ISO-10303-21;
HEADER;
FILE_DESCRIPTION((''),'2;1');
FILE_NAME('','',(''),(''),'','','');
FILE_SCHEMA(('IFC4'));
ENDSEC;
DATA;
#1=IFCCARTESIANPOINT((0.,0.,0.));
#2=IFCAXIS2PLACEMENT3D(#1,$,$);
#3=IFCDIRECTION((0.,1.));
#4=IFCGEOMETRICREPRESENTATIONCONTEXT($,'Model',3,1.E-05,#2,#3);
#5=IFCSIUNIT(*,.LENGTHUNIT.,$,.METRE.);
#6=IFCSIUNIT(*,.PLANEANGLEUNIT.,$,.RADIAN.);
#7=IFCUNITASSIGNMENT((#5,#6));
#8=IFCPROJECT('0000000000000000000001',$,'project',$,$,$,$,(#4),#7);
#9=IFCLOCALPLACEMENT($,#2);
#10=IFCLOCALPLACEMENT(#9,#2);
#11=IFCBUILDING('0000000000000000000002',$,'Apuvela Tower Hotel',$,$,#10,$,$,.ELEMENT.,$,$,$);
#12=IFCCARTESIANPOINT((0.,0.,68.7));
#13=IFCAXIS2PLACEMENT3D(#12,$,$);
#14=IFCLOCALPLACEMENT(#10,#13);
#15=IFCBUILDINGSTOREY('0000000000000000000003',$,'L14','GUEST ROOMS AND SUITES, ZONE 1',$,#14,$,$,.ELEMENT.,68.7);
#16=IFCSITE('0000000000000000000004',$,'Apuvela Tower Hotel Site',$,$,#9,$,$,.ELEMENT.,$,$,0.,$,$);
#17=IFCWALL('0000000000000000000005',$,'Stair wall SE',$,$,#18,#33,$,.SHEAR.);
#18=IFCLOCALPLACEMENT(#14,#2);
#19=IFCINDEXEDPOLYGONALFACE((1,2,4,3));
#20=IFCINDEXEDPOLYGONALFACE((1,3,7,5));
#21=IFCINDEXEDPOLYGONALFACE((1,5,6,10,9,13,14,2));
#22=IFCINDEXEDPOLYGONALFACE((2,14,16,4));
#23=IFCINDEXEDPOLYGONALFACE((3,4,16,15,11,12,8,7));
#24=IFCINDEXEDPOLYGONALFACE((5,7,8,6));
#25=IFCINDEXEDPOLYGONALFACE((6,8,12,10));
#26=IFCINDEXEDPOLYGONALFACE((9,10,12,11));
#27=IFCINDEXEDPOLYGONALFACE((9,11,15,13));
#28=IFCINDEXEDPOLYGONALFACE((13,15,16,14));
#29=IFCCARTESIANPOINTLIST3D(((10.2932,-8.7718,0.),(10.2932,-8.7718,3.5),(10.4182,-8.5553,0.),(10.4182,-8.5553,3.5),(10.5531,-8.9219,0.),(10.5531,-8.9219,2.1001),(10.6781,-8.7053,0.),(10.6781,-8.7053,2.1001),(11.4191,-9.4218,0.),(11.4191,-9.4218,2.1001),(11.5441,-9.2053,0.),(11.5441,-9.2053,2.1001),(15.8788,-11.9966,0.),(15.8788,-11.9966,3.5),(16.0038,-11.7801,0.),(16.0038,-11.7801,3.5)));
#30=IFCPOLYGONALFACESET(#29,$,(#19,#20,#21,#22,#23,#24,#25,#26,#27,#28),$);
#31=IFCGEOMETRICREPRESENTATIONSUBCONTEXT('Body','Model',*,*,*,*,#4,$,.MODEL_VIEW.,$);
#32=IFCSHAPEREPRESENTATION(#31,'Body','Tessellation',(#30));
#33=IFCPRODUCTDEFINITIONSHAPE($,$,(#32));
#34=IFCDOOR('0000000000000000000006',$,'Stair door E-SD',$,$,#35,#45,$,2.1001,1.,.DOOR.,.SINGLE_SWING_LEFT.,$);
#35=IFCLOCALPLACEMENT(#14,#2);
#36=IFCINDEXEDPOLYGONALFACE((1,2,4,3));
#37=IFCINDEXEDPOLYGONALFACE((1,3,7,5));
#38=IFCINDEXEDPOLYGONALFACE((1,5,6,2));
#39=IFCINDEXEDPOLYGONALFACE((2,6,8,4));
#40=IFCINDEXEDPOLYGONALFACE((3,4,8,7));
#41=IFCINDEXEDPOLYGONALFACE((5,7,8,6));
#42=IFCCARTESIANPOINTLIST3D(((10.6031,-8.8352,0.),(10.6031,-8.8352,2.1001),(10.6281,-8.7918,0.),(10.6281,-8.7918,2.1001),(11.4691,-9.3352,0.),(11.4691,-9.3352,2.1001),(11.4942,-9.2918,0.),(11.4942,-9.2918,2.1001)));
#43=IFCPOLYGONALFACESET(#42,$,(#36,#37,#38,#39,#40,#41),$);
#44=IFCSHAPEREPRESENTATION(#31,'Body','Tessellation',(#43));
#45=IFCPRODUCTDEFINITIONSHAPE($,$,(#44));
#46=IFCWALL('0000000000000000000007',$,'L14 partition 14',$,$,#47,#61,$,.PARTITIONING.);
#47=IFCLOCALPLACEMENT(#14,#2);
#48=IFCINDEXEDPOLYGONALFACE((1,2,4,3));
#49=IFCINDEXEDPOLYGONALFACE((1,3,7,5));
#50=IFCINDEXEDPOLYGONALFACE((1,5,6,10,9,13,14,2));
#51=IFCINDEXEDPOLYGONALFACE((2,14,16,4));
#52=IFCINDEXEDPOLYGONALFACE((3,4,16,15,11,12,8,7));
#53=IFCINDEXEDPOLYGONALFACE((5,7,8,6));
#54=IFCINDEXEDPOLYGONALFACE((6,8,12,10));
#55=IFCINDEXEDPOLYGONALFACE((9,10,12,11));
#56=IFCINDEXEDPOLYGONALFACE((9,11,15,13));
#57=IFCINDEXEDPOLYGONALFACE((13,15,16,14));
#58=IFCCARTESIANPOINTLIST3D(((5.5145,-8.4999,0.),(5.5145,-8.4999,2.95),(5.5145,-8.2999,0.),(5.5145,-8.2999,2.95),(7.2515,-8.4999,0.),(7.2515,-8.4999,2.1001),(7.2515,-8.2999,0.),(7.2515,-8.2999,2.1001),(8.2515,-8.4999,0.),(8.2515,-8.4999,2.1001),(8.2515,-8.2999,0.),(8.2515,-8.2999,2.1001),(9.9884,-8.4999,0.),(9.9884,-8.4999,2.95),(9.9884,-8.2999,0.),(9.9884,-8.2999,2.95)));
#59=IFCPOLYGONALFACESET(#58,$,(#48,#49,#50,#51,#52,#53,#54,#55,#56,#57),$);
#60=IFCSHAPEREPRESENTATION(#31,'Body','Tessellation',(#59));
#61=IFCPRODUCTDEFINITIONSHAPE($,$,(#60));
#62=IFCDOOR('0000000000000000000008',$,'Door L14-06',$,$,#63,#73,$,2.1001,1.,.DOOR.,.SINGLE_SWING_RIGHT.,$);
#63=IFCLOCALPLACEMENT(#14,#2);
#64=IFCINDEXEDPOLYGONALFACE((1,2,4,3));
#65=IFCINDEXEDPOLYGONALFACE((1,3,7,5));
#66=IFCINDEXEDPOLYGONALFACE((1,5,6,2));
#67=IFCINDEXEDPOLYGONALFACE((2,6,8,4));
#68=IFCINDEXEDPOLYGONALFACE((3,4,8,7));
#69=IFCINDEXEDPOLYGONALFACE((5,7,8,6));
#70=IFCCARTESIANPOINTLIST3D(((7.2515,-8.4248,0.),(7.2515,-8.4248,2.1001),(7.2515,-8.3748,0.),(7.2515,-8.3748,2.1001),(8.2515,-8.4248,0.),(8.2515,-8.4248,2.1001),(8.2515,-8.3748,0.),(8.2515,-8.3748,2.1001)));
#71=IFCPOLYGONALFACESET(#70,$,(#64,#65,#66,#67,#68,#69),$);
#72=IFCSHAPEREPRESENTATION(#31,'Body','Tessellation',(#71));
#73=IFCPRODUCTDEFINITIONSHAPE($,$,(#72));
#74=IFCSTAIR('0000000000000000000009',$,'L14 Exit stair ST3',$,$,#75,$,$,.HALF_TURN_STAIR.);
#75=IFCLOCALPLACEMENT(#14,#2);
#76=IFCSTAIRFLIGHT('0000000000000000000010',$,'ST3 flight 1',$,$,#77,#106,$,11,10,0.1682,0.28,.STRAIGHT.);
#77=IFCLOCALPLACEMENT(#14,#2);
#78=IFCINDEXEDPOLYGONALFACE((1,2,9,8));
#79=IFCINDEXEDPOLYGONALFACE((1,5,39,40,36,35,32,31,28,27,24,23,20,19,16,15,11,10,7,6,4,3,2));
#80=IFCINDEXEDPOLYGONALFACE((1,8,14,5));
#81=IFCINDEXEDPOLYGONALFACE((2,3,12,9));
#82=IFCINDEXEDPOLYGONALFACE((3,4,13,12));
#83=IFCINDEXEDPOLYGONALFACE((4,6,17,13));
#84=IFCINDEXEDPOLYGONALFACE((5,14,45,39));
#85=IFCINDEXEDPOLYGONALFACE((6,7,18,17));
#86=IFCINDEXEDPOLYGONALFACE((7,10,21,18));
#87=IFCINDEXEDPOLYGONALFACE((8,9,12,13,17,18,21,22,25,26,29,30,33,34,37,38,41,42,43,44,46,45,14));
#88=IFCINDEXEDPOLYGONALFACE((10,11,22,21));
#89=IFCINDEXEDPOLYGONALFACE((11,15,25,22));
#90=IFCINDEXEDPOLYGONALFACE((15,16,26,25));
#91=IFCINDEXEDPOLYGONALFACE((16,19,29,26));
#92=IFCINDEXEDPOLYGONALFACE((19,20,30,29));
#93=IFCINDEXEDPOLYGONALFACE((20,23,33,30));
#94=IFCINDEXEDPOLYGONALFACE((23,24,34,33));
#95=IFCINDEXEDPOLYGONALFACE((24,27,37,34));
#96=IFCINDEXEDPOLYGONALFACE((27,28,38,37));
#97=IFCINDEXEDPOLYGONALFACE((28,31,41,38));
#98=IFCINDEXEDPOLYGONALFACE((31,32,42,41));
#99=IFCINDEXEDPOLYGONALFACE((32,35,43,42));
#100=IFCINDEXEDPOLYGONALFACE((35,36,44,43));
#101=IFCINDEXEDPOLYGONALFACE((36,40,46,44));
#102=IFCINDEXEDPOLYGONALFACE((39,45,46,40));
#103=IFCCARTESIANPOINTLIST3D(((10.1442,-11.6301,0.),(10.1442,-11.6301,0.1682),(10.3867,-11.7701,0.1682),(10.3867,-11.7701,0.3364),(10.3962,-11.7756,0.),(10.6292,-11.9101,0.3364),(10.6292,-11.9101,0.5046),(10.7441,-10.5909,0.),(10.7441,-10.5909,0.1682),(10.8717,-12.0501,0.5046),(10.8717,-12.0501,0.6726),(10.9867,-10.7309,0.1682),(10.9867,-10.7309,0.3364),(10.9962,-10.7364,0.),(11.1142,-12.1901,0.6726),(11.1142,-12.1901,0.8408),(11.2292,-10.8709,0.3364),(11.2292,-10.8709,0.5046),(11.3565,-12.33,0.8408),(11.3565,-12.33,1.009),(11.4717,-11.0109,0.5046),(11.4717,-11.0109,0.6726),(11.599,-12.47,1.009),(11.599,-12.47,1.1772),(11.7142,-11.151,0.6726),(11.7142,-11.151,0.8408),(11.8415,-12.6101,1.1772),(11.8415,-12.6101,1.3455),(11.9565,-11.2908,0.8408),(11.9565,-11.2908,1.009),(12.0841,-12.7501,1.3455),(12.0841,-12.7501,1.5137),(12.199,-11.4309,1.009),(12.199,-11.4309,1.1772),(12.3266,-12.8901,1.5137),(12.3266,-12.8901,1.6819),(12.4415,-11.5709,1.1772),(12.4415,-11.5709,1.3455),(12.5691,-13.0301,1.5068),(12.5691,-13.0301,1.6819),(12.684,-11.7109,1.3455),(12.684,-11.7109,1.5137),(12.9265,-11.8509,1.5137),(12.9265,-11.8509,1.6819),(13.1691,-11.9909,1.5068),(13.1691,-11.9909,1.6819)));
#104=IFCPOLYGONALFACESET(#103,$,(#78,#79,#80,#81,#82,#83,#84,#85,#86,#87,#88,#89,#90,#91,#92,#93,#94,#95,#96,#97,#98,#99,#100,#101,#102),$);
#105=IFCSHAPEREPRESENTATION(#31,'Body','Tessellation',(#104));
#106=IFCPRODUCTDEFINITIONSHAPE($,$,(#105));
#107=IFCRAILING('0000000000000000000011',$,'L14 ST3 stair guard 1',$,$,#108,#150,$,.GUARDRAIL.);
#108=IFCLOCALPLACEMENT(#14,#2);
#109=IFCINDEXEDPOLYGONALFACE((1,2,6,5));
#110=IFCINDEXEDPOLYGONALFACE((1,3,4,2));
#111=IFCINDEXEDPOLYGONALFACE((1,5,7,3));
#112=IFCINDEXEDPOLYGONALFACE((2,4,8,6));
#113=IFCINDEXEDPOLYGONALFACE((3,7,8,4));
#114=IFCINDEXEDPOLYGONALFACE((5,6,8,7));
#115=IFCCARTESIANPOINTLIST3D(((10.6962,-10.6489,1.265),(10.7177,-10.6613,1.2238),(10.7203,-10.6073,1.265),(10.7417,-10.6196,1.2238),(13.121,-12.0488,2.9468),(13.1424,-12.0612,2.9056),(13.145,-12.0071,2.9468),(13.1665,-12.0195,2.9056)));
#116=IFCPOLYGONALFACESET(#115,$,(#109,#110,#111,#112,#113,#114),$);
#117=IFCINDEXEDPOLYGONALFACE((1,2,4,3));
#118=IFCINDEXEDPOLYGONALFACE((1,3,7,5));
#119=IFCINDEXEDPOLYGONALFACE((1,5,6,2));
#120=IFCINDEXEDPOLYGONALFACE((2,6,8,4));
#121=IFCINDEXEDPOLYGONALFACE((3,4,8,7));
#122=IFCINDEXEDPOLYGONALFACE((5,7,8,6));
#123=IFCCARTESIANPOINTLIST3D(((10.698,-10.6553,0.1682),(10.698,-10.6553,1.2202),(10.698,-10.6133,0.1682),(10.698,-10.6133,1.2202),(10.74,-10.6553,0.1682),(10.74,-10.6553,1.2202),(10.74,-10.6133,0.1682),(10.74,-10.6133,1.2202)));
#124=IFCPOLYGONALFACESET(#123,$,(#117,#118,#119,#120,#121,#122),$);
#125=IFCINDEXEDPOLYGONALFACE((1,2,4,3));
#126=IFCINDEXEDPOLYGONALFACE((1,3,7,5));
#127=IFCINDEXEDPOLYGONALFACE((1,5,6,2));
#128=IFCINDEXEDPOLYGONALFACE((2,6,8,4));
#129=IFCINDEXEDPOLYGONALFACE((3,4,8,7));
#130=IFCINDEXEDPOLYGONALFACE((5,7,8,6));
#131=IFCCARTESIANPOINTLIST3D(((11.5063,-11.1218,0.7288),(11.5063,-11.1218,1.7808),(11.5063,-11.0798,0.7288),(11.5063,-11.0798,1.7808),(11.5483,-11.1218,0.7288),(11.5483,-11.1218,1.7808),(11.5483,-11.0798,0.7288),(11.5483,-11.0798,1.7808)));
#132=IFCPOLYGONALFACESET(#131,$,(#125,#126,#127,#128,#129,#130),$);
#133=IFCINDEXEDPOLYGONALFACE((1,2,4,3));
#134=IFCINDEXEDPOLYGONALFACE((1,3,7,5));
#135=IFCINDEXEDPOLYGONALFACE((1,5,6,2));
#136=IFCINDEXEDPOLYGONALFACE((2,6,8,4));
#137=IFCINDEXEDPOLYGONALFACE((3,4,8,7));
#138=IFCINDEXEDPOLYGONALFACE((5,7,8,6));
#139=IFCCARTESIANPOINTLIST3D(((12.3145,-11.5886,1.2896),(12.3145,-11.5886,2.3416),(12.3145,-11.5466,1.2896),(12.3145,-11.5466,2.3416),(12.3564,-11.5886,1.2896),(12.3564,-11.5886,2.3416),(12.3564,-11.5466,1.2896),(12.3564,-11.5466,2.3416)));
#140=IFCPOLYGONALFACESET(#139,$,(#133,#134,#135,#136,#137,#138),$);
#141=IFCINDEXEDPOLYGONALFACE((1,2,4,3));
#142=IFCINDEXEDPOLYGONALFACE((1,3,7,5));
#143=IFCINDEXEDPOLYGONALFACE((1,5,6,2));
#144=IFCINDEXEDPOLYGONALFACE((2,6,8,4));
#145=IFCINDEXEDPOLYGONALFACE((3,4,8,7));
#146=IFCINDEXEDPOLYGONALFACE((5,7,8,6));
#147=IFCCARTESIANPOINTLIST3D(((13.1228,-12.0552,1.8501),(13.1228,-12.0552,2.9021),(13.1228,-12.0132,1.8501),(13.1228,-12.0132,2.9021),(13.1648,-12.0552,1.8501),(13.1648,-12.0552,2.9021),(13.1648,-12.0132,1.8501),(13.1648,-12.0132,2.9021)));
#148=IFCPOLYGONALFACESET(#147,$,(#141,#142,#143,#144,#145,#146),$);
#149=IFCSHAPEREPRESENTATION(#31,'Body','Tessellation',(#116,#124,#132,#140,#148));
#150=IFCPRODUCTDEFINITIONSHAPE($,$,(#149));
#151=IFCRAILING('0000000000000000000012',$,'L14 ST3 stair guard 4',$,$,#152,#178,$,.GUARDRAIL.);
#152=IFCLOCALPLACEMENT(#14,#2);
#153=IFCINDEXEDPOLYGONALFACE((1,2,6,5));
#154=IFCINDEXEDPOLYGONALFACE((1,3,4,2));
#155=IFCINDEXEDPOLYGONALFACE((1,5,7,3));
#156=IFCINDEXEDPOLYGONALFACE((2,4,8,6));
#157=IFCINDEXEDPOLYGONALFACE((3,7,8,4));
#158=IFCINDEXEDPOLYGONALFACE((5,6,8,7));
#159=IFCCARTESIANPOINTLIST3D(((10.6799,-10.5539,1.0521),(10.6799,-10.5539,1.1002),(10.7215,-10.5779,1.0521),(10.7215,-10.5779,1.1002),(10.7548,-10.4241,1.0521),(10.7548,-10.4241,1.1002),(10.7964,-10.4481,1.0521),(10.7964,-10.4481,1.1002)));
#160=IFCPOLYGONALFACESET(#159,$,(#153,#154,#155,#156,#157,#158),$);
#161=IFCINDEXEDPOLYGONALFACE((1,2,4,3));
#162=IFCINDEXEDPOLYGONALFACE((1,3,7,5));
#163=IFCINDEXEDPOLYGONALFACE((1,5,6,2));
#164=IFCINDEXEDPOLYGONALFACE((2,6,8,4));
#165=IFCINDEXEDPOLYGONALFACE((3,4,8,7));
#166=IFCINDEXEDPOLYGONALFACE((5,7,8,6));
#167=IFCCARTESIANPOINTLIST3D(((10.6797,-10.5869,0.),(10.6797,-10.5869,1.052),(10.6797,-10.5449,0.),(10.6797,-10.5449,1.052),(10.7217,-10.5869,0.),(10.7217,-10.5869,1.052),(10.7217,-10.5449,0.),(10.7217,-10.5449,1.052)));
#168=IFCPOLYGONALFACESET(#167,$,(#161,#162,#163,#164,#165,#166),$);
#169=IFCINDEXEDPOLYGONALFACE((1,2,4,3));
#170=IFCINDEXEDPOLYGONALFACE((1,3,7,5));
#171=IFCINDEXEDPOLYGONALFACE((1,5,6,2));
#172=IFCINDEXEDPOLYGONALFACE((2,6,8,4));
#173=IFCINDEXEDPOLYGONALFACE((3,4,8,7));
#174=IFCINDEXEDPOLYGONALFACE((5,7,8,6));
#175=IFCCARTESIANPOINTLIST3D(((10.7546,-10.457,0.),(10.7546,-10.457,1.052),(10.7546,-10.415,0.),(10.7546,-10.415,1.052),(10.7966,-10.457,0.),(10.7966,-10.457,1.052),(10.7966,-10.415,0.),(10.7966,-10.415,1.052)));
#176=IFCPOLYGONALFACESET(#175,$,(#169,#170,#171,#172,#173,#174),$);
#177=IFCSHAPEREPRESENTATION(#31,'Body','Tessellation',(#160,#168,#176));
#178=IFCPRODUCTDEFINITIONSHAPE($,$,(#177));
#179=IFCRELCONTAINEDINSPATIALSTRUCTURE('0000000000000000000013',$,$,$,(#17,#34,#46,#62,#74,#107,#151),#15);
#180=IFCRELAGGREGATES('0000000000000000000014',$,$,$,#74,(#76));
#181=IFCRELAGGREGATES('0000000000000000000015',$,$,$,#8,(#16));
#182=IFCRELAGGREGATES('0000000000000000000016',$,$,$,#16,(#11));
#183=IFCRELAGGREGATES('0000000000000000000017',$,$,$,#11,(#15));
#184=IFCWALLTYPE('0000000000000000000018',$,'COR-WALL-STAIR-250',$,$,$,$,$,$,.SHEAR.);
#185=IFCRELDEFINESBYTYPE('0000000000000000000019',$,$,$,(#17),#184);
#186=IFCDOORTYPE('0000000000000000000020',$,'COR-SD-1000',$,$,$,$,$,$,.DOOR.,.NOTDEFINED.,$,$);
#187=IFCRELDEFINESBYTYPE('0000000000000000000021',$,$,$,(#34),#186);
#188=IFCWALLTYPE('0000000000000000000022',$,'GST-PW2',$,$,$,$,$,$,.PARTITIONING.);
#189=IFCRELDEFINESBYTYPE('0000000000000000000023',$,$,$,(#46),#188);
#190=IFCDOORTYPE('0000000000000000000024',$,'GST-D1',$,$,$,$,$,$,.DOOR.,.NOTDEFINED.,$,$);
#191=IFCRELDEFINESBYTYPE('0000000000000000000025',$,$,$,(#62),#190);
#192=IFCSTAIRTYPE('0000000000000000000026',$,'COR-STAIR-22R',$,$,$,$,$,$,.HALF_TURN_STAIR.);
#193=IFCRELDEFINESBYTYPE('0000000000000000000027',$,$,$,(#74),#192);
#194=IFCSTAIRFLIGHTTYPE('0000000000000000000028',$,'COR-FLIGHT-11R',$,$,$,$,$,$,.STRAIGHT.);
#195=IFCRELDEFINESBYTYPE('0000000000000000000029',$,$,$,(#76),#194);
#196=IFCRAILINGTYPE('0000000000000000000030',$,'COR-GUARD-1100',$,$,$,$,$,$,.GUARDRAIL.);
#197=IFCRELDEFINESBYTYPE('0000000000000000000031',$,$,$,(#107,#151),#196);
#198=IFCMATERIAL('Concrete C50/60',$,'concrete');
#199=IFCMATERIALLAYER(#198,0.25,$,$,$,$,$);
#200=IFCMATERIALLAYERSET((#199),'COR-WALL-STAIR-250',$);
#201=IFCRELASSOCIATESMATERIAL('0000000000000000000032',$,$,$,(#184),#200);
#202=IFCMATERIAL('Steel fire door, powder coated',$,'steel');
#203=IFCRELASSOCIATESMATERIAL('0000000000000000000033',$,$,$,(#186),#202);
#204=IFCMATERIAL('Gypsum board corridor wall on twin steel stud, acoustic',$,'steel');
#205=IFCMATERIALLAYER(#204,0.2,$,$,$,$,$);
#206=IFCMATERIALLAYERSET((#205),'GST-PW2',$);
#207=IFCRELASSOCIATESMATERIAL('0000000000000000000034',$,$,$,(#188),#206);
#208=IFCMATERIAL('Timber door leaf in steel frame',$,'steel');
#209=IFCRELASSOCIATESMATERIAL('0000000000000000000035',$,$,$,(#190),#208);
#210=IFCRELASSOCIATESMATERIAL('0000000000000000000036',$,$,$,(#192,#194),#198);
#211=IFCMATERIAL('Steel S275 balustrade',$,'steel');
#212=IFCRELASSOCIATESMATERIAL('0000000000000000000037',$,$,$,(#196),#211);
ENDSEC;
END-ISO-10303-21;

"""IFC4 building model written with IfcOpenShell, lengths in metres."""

from ifc_helpers import new_model, si_unit, direction, frame, frame_2d, origin, origin_2d, place, context, subcontext, project, spatial, polyline, rectangle, outline, extrude, material, layer, layer_set, type_object, element, fill, aggregate, save


model = new_model("IFC4")

# Units and contexts
model_context = context("Model", 3, precision=1e-05, world=origin(), true_north=direction((0.0, 1.0)))
body_context = subcontext(model_context, "Body", "Model", "MODEL_VIEW")
ifc_project = project(units=[si_unit("LENGTHUNIT", "METRE"), si_unit("PLANEANGLEUNIT", "RADIAN")], contexts=[model_context])

# Site, building, storey
site_placement = place(None, origin())
site = spatial("IfcSite", under=ifc_project, at=site_placement, Name="Apuvela Tower Hotel Site", CompositionType="ELEMENT", RefElevation=0.0)
building_placement = place(site_placement, origin())
building = spatial("IfcBuilding", under=site, at=building_placement, Name="Apuvela Tower Hotel", CompositionType="ELEMENT")
storey_placement = place(building_placement, frame((0.0, 0.0, 68.7)))
storey = spatial("IfcBuildingStorey", under=building, at=storey_placement, Name="L14", Description="GUEST ROOMS AND SUITES, ZONE 1", CompositionType="ELEMENT", Elevation=68.7)

# Shared definitions
ifc_material_1 = material(Name="Concrete C50/60", Category="concrete")

# Walls, openings, doors
ifc_layer_1 = layer(ifc_material_1, 0.25)
ifc_layer_set_1 = layer_set([ifc_layer_1], Name="COR-WALL-STAIR-250")
wall_type_1 = type_object("IfcWallType", Name="COR-WALL-STAIR-250", PredefinedType="SHEAR", material=ifc_layer_set_1)
wall_1_placement = place(storey_placement, frame((10.3557, -8.6636, 0.0), z_axis=(0.0, 0.0, 1.0), x_axis=(0.866029, -0.499994, 0.0)))
wall_1 = element("IfcWall", 1, at=wall_1_placement, inside=storey, type_object=wall_type_1, Name="Stair wall SE", PredefinedType="SHEAR", context=body_context, shape_type="SweptSolid", body=[
    extrude(rectangle(XDim=6.4497, YDim=0.25, at=frame_2d((3.2249, 0.0))), origin(), (0.0, 0.0, 1.0), 3.5),
])
opening_1_placement = place(wall_1_placement, frame((0.3, 0.0, 0.0)))
opening_1 = element("IfcOpeningElement", 2, at=opening_1_placement, cuts=wall_1, PredefinedType="OPENING", context=body_context, shape_type="SweptSolid", body=[
    extrude(rectangle(XDim=1.0, YDim=2.1001, at=frame_2d((0.5, 1.05))), frame((0.0, 0.135, 0.0), z_axis=(0.0, -1.0, 0.0), x_axis=(1.0, 0.0, 0.0)), (0.0, 0.0, 1.0), 0.27),
])
ifc_material_2 = material(Name="Steel fire door, powder coated", Category="steel")
door_type_1 = type_object("IfcDoorType", Name="COR-SD-1000", OperationType="NOTDEFINED", PredefinedType="DOOR", material=ifc_material_2)
door_1_placement = place(opening_1_placement, frame((1.0, 0.0, 0.0), z_axis=(0.0, 0.0, 1.0), x_axis=(-1.0, 0.0, 0.0)))
door_1 = element("IfcDoor", 3, at=door_1_placement, inside=storey, type_object=door_type_1, Name="Stair door E-SD", OperationType="SINGLE_SWING_LEFT", OverallHeight=2.1001, OverallWidth=1.0, PredefinedType="DOOR", context=body_context, shape_type="SweptSolid", body=[
    extrude(rectangle(XDim=1.0, YDim=2.1001, at=frame_2d((0.5, 1.05))), frame((0.0, 0.0249, 0.0), z_axis=(0.0, -1.0, 0.0), x_axis=(1.0, 0.0, 0.0)), (0.0, 0.0, 1.0), 0.05),
])
fill(opening_1, door_1)
ifc_material_3 = material(Name="Gypsum board corridor wall on twin steel stud, acoustic", Category="steel")
ifc_layer_2 = layer(ifc_material_3, 0.2)
ifc_layer_set_2 = layer_set([ifc_layer_2], Name="GST-PW2")
wall_type_2 = type_object("IfcWallType", Name="GST-PW2", PredefinedType="PARTITIONING", material=ifc_layer_set_2)
wall_2_placement = place(storey_placement, frame((9.9883, -8.3999, 0.0), z_axis=(0.0, 0.0, 1.0), x_axis=(-1.0, 0.0, 0.0)))
wall_2 = element("IfcWall", 4, at=wall_2_placement, inside=storey, type_object=wall_type_2, Name="L14 partition 14", PredefinedType="PARTITIONING", context=body_context, shape_type="SweptSolid", body=[
    extrude(rectangle(XDim=4.4739, YDim=0.2, at=frame_2d((2.2368, 0.0))), origin(), (0.0, 0.0, 1.0), 2.95),
])
opening_2_placement = place(wall_2_placement, frame((1.7368, 0.0, 0.0)))
opening_2 = element("IfcOpeningElement", 5, at=opening_2_placement, cuts=wall_2, PredefinedType="OPENING", context=body_context, shape_type="SweptSolid", body=[
    extrude(rectangle(XDim=1.0, YDim=2.1001, at=frame_2d((0.5, 1.05))), frame((0.0, 0.1099, 0.0), z_axis=(0.0, -1.0, 0.0), x_axis=(1.0, 0.0, 0.0)), (0.0, 0.0, 1.0), 0.22),
])
ifc_material_4 = material(Name="Timber door leaf in steel frame", Category="steel")
door_type_2 = type_object("IfcDoorType", Name="GST-D1", OperationType="NOTDEFINED", PredefinedType="DOOR", material=ifc_material_4)
door_2_placement = place(opening_2_placement, origin())
door_2 = element("IfcDoor", 6, at=door_2_placement, inside=storey, type_object=door_type_2, Name="Door L14-06", OperationType="SINGLE_SWING_RIGHT", OverallHeight=2.1001, OverallWidth=1.0, PredefinedType="DOOR", context=body_context, shape_type="SweptSolid", body=[
    extrude(rectangle(XDim=1.0, YDim=2.1001, at=frame_2d((0.5, 1.05))), frame((0.0, 0.0249, 0.0), z_axis=(0.0, -1.0, 0.0), x_axis=(1.0, 0.0, 0.0)), (0.0, 0.0, 1.0), 0.05),
])
fill(opening_2, door_2)

# Stair, stair flight
stair_type = type_object("IfcStairType", Name="COR-STAIR-22R", PredefinedType="HALF_TURN_STAIR", material=ifc_material_1)
stair_placement = place(storey_placement, origin())
stair = element("IfcStair", 7, at=stair_placement, inside=storey, type_object=stair_type, Name="L14 Exit stair ST3", PredefinedType="HALF_TURN_STAIR")
stair_flight_type = type_object("IfcStairFlightType", Name="COR-FLIGHT-11R", PredefinedType="STRAIGHT", material=ifc_material_1)
stair_flight_placement = place(storey_placement, frame((10.4441, -11.1106, 0.0), z_axis=(0.0, 0.0, 1.0), x_axis=(0.866025, -0.5, 0.0)))
stair_flight = element("IfcStairFlight", 8, at=stair_flight_placement, type_object=stair_flight_type, Name="ST3 flight 1", NumberOfRisers=11, NumberOfTreads=10, PredefinedType="STRAIGHT", RiserHeight=0.1682, TreadLength=0.28, context=body_context, shape_type="SweptSolid", body=[
    extrude(outline(polyline([(0.0, 0.0), (0.0, 0.1682), (0.28, 0.1682), (0.28, 0.3364), (0.5601, 0.3364), (0.5601, 0.5046), (0.8401, 0.5046), (0.8401, 0.6726), (1.1201, 0.6726), (1.1201, 0.8408), (1.3999, 0.8408), (1.3999, 1.009), (1.6799, 1.009), (1.6799, 1.1772), (1.96, 1.1772), (1.96, 1.3455), (2.24, 1.3455), (2.24, 1.5137), (2.52, 1.5137), (2.52, 1.6819), (2.8, 1.6819), (2.8, 1.8501), (2.8, 1.5068), (0.291, 0.0), (0.0, 0.0)])), frame((0.0, 0.6001, 0.0), z_axis=(0.0, -1.0, 0.0), x_axis=(1.0, 0.0, 0.0)), (0.0, 0.0, 1.0), 1.2),
])
aggregate(stair, [stair_flight])

# Railings
ifc_material_5 = material(Name="Steel S275 balustrade", Category="steel")
railing_type_1 = type_object("IfcRailingType", Name="COR-GUARD-1100", PredefinedType="GUARDRAIL", material=ifc_material_5)
railing_1_placement = place(storey_placement, frame((10.719, -10.6343, 0.1682)))
element("IfcRailing", 9, at=railing_1_placement, inside=storey, type_object=railing_type_1, Name="L14 ST3 stair guard 1", PredefinedType="GUARDRAIL", context=body_context, shape_type="SweptSolid", body=[
    extrude(rectangle(XDim=0.0481, YDim=0.0481, at=origin_2d()), frame((0.0, 0.0, 1.0762), z_axis=(0.74239, -0.428601, 0.514934), x_axis=(0.499984, 0.866035, 0.0)), (0.0, 0.0, 1.0), 3.2661),
    extrude(rectangle(XDim=0.042, YDim=0.042, at=origin_2d()), origin(), (0.0, 0.0, 1.0), 1.052),
    extrude(rectangle(XDim=0.042, YDim=0.042, at=origin_2d()), frame((0.8083, -0.4666, 0.5605)), (0.0, 0.0, 1.0), 1.052),
    extrude(rectangle(XDim=0.042, YDim=0.042, at=origin_2d()), frame((1.6165, -0.9333, 1.1213)), (0.0, 0.0, 1.0), 1.052),
    extrude(rectangle(XDim=0.042, YDim=0.042, at=origin_2d()), frame((2.4248, -1.3999, 1.6819)), (0.0, 0.0, 1.0), 1.052),
])
railing_2_placement = place(storey_placement, frame((10.7007, -10.5659, 0.0)))
element("IfcRailing", 10, at=railing_2_placement, inside=storey, type_object=railing_type_1, Name="L14 ST3 stair guard 4", PredefinedType="GUARDRAIL", context=body_context, shape_type="SweptSolid", body=[
    extrude(rectangle(XDim=0.0481, YDim=0.0481, at=origin_2d()), frame((0.0, 0.0, 1.0762), z_axis=(0.499816, 0.866131, 0.0), x_axis=(-0.866131, 0.499816, 0.0)), (0.0, 0.0, 1.0), 0.1499),
    extrude(rectangle(XDim=0.042, YDim=0.042, at=origin_2d()), origin(), (0.0, 0.0, 1.0), 1.052),
    extrude(rectangle(XDim=0.042, YDim=0.042, at=origin_2d()), frame((0.075, 0.1299, 0.0)), (0.0, 0.0, 1.0), 1.052),
])

save(model, "model.ifc")
